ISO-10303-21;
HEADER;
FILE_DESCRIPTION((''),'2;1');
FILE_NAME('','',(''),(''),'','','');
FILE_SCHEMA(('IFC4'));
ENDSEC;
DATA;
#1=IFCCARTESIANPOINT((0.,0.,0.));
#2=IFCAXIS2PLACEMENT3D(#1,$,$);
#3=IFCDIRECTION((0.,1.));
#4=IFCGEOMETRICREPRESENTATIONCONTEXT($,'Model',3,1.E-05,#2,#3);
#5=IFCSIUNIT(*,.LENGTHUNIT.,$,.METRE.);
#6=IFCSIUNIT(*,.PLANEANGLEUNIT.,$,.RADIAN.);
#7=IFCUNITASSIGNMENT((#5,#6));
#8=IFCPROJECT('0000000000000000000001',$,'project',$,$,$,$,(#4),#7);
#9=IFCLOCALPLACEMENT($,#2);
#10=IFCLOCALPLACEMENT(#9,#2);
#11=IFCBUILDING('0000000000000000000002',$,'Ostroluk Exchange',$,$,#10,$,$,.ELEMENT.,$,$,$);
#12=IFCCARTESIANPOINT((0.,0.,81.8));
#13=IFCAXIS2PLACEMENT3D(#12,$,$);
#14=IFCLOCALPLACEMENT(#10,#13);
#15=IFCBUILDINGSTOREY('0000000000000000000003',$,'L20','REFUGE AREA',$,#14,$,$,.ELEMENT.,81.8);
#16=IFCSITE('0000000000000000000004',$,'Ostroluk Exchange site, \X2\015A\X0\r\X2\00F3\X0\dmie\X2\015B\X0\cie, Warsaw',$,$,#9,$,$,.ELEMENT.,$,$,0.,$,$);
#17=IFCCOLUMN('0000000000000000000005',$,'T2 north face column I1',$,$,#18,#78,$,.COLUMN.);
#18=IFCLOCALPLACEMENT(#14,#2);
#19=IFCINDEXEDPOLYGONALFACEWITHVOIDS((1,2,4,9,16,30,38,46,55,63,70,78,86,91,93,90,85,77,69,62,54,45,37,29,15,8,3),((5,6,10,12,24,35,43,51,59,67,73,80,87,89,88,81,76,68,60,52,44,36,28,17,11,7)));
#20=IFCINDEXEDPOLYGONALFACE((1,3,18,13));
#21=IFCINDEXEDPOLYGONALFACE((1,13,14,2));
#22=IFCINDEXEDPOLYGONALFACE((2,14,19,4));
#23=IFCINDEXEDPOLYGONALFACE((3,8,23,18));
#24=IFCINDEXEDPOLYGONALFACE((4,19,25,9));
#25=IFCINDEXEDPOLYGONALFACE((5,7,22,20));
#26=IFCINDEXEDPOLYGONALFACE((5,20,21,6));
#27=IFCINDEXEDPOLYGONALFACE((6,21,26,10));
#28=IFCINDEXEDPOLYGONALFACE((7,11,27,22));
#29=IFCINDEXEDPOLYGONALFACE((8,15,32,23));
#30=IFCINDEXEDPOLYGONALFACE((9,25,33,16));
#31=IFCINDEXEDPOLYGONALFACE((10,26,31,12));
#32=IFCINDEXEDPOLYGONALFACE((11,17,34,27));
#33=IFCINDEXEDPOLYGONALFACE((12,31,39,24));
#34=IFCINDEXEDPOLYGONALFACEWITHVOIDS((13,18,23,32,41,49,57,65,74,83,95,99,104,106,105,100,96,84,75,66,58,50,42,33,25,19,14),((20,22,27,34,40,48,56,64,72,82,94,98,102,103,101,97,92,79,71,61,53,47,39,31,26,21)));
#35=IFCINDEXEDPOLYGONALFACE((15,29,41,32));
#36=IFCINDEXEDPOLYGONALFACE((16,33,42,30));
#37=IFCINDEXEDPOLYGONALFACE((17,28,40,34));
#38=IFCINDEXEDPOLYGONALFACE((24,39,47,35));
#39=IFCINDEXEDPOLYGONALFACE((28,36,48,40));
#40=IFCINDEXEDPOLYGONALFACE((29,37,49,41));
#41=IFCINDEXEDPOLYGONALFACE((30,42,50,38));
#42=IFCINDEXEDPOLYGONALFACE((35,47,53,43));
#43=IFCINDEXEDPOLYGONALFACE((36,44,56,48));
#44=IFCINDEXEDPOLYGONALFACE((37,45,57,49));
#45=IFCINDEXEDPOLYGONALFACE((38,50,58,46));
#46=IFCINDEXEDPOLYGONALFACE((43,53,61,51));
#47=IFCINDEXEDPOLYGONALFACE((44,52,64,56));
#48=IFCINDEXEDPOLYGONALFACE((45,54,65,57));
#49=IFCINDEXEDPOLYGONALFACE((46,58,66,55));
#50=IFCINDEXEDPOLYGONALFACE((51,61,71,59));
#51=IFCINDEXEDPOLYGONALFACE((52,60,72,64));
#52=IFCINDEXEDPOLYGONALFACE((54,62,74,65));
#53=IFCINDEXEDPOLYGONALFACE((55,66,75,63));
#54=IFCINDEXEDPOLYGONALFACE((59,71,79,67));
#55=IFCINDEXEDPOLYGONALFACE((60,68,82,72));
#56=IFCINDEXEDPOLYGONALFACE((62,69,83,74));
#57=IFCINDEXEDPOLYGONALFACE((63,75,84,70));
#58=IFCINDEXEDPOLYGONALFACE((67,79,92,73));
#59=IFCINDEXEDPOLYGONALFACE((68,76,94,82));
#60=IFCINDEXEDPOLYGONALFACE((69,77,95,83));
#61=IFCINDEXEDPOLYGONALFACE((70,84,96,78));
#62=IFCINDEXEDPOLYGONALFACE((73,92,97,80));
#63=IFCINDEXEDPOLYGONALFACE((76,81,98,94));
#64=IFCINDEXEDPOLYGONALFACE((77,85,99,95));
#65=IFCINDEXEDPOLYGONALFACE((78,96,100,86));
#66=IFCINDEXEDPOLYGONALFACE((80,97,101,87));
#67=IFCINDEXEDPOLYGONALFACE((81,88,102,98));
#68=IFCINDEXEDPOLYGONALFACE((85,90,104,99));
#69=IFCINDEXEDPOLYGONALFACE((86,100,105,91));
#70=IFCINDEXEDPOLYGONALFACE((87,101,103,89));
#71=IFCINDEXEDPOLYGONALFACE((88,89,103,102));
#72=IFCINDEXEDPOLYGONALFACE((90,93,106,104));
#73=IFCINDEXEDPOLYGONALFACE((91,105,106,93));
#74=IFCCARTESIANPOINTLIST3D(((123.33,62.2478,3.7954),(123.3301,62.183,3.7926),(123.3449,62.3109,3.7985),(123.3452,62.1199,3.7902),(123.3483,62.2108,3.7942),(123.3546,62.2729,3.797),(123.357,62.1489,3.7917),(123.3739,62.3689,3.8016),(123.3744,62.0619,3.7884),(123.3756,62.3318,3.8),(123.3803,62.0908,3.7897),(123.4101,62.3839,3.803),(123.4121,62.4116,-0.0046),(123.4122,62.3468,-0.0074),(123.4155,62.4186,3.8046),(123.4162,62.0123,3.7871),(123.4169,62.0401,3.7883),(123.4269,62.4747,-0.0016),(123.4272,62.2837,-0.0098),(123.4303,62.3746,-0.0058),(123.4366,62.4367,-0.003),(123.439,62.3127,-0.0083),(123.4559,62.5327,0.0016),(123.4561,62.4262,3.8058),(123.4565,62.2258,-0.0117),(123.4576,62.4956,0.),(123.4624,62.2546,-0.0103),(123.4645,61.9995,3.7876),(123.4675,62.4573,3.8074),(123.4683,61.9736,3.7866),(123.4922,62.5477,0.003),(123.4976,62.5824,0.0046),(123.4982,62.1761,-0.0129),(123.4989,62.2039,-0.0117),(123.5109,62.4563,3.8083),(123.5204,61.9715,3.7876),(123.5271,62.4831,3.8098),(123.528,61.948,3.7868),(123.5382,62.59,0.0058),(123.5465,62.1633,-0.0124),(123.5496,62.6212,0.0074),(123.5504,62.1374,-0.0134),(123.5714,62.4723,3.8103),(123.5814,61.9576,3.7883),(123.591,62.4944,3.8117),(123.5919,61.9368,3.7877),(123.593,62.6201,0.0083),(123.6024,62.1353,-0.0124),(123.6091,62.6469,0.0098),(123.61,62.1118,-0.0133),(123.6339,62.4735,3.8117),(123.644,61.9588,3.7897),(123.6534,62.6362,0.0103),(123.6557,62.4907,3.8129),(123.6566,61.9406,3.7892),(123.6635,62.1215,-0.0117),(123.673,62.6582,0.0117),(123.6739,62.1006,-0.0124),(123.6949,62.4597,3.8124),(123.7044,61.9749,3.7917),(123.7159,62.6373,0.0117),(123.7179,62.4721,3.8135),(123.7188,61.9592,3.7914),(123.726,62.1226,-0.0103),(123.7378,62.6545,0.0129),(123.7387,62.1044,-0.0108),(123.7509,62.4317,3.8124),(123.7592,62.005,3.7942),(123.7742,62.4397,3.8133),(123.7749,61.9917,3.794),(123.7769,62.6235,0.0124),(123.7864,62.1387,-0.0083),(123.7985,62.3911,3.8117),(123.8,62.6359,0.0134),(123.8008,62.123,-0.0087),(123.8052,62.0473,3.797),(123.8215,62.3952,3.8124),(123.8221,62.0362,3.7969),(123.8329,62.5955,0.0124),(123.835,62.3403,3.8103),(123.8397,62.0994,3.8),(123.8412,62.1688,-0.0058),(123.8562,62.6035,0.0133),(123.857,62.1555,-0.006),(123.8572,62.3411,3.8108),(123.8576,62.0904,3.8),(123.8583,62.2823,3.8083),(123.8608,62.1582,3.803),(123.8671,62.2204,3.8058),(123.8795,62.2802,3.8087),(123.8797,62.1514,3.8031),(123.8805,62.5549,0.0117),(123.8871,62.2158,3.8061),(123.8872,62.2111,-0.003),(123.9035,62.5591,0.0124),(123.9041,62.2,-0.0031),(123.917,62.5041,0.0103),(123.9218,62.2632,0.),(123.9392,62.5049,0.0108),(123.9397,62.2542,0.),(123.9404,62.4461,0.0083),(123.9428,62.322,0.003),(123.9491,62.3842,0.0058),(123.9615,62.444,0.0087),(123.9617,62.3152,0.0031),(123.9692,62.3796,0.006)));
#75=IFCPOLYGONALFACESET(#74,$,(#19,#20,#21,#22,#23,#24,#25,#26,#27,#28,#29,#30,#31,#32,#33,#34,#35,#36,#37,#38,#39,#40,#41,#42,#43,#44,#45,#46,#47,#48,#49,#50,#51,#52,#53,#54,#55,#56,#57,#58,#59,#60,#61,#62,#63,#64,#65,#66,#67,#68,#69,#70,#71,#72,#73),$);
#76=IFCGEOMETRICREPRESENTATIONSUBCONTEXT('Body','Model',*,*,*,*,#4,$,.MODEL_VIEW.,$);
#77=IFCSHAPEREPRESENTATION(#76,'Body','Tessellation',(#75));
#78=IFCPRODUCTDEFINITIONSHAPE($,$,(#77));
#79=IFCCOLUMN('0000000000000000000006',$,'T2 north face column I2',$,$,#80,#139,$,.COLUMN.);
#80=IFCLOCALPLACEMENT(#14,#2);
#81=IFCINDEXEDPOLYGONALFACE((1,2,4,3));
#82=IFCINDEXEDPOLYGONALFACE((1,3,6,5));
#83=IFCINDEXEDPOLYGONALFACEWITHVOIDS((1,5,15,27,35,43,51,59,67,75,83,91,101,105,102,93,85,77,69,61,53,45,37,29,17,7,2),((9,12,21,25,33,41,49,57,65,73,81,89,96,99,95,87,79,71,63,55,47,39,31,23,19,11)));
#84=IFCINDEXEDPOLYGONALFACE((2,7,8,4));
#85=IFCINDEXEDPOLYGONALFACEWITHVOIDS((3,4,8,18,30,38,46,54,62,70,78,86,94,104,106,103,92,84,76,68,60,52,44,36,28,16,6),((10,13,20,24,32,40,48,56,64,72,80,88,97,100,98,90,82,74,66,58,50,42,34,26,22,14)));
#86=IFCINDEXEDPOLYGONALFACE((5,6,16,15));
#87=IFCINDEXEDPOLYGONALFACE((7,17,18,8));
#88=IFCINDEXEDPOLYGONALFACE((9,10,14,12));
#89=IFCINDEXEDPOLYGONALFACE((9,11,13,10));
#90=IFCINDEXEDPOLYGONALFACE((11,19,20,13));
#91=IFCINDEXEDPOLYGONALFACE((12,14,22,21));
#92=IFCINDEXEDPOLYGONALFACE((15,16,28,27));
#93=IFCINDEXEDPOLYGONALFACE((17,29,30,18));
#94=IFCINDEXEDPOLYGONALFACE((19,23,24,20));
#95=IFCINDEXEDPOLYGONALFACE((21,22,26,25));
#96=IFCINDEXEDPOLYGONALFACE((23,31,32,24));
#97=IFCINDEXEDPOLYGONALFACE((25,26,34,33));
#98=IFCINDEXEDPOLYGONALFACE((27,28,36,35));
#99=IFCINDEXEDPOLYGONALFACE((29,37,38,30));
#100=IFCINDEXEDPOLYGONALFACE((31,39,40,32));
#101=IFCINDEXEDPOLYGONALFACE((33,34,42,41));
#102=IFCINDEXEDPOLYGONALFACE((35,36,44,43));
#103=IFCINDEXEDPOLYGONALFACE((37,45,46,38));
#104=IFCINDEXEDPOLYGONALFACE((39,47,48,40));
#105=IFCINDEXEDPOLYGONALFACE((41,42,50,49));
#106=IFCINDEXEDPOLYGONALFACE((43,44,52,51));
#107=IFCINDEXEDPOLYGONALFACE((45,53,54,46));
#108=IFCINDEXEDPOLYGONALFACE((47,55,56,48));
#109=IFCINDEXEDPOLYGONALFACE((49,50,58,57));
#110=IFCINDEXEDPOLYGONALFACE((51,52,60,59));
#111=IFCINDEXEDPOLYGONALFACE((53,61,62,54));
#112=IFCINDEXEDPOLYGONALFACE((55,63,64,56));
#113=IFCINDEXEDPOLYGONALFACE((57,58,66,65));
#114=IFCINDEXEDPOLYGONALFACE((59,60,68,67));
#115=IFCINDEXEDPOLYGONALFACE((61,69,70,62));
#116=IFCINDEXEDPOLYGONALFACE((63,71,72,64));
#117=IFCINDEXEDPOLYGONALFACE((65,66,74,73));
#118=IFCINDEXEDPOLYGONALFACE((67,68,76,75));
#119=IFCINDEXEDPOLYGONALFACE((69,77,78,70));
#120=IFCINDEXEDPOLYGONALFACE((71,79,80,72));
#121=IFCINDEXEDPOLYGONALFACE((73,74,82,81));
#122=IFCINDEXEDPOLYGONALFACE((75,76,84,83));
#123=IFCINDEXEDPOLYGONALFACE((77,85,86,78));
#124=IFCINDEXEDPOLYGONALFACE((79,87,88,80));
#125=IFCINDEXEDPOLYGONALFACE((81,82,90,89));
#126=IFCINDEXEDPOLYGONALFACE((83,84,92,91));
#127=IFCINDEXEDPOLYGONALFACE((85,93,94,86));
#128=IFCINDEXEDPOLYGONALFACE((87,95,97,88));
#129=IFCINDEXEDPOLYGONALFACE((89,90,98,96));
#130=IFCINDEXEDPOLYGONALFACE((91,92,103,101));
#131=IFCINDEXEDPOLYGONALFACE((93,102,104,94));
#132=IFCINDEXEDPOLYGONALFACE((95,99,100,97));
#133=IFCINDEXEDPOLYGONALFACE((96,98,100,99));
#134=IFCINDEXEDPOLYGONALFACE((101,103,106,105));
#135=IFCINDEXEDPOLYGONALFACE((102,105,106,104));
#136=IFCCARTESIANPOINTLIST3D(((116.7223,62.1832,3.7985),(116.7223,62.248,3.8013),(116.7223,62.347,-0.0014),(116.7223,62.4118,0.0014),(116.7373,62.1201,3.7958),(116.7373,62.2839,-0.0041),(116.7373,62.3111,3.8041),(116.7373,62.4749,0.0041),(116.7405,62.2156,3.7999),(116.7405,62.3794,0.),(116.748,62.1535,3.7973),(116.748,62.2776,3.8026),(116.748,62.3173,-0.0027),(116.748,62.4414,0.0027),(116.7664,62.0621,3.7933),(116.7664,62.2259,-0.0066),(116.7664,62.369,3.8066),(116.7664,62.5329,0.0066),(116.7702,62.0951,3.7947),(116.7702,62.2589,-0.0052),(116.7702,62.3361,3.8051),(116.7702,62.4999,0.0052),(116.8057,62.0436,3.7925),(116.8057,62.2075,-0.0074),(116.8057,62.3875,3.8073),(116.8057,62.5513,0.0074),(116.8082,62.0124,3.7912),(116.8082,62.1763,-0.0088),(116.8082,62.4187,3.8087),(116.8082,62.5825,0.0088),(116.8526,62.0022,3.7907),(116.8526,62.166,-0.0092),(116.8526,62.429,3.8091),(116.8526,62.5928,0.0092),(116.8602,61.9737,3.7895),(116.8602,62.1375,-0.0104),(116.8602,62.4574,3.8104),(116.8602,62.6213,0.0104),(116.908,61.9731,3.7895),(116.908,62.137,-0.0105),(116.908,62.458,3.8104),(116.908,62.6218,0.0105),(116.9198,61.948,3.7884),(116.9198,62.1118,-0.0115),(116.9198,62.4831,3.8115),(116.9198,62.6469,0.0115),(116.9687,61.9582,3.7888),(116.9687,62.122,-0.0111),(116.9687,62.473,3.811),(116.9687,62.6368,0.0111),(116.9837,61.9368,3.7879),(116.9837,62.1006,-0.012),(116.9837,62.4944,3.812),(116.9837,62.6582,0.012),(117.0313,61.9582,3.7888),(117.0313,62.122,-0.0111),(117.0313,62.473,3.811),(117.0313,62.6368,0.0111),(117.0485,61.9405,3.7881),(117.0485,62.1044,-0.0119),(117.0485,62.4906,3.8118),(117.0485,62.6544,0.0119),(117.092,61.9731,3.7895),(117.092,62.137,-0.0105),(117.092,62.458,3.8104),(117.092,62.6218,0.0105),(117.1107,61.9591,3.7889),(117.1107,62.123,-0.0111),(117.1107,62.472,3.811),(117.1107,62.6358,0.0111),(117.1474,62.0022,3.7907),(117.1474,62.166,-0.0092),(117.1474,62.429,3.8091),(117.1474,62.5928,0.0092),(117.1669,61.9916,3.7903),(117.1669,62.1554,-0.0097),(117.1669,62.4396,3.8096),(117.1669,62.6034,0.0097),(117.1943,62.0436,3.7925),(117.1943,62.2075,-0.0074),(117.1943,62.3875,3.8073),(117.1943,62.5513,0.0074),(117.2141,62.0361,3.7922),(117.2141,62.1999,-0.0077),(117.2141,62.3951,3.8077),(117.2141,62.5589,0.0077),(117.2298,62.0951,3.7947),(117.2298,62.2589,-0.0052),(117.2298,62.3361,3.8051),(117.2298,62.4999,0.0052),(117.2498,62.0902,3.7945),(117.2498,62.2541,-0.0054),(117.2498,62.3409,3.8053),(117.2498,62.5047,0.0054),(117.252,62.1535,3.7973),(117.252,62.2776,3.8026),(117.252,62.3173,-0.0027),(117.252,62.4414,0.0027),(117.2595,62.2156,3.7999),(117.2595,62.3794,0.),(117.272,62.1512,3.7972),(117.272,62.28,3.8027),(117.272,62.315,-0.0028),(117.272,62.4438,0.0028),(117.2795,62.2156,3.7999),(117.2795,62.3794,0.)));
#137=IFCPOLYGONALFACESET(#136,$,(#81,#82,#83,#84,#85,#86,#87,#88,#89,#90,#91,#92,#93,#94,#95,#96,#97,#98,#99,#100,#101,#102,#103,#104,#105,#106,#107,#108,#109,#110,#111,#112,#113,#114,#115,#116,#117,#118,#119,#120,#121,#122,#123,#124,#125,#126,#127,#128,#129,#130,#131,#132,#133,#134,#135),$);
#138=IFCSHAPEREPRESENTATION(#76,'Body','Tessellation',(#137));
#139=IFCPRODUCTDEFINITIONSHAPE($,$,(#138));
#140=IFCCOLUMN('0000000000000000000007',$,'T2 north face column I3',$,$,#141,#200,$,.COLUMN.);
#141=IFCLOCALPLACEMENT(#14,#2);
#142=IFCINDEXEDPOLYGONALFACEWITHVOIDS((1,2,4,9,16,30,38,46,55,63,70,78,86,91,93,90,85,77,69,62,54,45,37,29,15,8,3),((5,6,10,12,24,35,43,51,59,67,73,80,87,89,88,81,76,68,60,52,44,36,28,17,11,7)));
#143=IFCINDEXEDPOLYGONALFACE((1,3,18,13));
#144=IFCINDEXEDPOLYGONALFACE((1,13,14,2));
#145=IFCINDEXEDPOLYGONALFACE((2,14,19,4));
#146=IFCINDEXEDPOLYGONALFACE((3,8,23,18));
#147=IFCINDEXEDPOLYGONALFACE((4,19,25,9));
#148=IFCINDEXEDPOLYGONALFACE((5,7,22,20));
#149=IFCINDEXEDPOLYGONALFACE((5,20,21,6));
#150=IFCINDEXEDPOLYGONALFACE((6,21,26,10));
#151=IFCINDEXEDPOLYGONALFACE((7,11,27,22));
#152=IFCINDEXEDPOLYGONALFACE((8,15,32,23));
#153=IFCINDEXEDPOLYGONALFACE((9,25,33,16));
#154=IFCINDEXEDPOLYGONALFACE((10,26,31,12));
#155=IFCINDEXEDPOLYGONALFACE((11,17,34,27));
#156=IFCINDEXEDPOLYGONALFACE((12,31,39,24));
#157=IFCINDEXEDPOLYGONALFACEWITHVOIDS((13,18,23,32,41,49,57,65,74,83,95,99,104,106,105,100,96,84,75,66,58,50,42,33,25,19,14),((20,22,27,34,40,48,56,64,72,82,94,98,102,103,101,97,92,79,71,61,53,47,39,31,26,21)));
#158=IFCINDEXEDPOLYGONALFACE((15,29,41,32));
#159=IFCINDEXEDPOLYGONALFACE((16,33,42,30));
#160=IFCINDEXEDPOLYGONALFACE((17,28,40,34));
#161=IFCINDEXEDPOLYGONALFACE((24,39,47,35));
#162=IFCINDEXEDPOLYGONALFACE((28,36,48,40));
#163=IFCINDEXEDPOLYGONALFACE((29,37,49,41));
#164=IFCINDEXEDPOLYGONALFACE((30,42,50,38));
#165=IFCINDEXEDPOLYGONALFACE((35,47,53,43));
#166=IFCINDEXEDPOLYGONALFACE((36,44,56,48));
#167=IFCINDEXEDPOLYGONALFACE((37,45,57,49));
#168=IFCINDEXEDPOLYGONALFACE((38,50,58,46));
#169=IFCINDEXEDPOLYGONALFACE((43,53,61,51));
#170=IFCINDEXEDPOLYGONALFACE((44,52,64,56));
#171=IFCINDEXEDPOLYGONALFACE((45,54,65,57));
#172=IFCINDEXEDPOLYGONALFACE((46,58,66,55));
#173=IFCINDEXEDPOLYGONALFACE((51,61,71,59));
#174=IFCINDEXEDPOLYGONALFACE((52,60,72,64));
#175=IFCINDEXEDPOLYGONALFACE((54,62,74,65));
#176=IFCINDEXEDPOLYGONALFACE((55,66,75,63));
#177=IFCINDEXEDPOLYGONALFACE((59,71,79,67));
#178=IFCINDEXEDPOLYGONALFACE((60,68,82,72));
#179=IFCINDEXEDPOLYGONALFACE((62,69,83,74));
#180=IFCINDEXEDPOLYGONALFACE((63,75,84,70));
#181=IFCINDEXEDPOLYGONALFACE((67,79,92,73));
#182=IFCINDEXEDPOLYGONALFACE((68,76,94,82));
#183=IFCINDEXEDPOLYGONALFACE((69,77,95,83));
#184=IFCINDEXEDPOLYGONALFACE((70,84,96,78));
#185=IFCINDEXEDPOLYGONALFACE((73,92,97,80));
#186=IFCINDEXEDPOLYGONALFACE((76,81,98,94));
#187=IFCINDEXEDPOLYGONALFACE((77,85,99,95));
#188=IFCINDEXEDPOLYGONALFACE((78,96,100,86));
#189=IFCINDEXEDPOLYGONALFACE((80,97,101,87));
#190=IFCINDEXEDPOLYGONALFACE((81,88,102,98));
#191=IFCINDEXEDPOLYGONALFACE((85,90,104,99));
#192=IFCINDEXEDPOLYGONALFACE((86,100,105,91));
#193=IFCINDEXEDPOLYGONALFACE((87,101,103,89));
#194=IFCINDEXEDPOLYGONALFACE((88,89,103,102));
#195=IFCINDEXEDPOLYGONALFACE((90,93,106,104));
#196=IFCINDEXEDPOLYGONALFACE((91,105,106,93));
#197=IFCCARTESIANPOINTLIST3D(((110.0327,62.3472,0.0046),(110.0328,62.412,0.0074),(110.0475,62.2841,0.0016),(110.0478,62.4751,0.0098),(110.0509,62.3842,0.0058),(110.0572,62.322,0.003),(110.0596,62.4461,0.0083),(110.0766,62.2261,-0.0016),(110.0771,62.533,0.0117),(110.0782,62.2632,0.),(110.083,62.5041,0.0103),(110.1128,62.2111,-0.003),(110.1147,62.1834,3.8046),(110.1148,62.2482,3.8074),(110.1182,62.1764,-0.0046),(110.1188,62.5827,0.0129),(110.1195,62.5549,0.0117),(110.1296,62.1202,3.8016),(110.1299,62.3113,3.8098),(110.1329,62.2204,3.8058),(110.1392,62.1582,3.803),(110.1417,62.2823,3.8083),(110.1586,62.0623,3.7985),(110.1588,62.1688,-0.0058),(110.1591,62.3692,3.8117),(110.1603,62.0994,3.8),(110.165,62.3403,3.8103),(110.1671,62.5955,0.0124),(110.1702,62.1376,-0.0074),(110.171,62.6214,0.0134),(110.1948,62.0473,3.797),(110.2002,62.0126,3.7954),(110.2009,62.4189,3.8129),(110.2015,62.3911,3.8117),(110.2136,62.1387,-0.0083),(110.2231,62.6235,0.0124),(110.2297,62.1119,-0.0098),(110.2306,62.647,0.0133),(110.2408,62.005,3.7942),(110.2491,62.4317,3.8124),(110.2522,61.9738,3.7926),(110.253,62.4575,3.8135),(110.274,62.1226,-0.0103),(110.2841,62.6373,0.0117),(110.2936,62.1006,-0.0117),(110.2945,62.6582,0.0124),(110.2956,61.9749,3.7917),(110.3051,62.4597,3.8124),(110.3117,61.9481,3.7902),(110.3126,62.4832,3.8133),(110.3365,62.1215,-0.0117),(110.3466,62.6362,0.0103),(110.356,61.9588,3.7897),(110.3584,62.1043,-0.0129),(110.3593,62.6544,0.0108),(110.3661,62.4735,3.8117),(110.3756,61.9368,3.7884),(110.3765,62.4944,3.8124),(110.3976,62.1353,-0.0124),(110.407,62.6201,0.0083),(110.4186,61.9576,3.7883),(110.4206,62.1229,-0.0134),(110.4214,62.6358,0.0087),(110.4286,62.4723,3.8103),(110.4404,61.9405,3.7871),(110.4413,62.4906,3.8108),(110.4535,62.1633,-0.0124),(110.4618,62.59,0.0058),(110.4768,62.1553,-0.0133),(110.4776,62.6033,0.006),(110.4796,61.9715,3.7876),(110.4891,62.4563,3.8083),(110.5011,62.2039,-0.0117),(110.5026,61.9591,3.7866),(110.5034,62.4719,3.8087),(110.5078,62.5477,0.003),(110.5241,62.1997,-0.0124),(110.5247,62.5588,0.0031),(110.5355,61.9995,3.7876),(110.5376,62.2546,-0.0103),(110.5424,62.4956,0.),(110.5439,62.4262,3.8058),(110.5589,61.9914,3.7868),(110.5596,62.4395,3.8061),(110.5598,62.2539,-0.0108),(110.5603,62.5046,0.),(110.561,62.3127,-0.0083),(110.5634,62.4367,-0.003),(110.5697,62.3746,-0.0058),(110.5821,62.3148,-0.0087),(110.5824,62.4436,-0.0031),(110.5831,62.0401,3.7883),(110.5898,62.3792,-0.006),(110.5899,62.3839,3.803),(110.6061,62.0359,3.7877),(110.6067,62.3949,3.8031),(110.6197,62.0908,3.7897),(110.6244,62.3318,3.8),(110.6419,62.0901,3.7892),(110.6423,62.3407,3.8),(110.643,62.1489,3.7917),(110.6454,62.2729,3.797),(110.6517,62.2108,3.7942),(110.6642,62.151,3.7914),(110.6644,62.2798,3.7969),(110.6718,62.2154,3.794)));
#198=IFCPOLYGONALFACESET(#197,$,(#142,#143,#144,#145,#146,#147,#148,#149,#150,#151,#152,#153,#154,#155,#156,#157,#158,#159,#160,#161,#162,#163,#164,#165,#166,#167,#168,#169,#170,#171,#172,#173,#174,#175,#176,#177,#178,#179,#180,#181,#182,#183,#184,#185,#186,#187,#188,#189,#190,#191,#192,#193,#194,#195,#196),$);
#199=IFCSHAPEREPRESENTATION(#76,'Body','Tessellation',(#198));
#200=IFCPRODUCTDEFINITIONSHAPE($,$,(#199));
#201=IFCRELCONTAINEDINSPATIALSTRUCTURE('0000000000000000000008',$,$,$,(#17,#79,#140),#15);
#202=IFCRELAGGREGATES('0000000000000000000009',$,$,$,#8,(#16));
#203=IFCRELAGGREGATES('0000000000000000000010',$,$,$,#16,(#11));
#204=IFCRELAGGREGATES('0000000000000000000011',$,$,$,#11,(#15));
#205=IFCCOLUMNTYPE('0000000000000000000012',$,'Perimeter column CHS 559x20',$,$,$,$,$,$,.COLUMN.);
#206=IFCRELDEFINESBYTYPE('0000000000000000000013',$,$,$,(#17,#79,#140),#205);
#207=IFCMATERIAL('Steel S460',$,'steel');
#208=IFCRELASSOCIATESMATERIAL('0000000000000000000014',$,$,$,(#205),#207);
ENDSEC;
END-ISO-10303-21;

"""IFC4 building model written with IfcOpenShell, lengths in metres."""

from ifc_helpers import new_model, si_unit, direction, frame, origin, origin_2d, place, context, subcontext, project, spatial, hollow_circle, extrude, material, material_profile, profile_set, type_object, element, save


model = new_model("IFC4")

# Units and contexts
model_context = context("Model", 3, precision=1e-05, world=origin(), true_north=direction((0.0, 1.0)))
body_context = subcontext(model_context, "Body", "Model", "MODEL_VIEW")
ifc_project = project(units=[si_unit("LENGTHUNIT", "METRE"), si_unit("PLANEANGLEUNIT", "RADIAN")], contexts=[model_context])

# Site, building, storey
site_placement = place(None, origin())
site = spatial("IfcSite", under=ifc_project, at=site_placement, Name="Ostroluk Exchange site, Śródmieście, Warsaw", CompositionType="ELEMENT", RefElevation=0.0)
building_placement = place(site_placement, origin())
building = spatial("IfcBuilding", under=site, at=building_placement, Name="Ostroluk Exchange", CompositionType="ELEMENT")
storey_placement = place(building_placement, frame((0.0, 0.0, 81.8)))
storey = spatial("IfcBuildingStorey", under=building, at=storey_placement, Name="L20", Description="REFUGE AREA", CompositionType="ELEMENT", Elevation=81.8)

# Columns
ifc_material_1 = material(Name="Steel S460", Category="steel")
ifc_material_profile_1 = material_profile(ifc_material_1, hollow_circle(Radius=0.2795, WallThickness=0.02, at=origin_2d()), Name="CHS 559x20")
ifc_profile_set_1 = profile_set([ifc_material_profile_1], Name="Steel S460")
column_type = type_object("IfcColumnType", Name="Perimeter column CHS 559x20", PredefinedType="COLUMN", material=ifc_profile_set_1)
column_1_placement = place(storey_placement, frame((123.6897, 62.3794, 0.0), z_axis=(-0.021562, -0.04306, 0.99884), x_axis=(0.894161, -0.447747, 0.0)))
element("IfcColumn", 1, at=column_1_placement, inside=storey, type_object=column_type, Name="T2 north face column I1", PredefinedType="COLUMN", context=body_context, shape_type="SweptSolid", body=[
    extrude(hollow_circle(Radius=0.2795, WallThickness=0.02, at=origin_2d()), origin(), (0.0, 0.0, 1.0), 3.8044),
])
column_2_placement = place(storey_placement, frame((117.0, 62.3794, 0.0), z_axis=(0.0, -0.04307, 0.999072), x_axis=(1.0, 0.0, 0.0)))
element("IfcColumn", 2, at=column_2_placement, inside=storey, type_object=column_type, Name="T2 north face column I2", PredefinedType="COLUMN", context=body_context, shape_type="SweptSolid", body=[
    extrude(hollow_circle(Radius=0.2795, WallThickness=0.02, at=origin_2d()), origin(), (0.0, 0.0, 1.0), 3.8035),
])
column_3_placement = place(storey_placement, frame((110.3103, 62.3794, 0.0), z_axis=(0.021562, -0.04306, 0.99884), x_axis=(0.894161, 0.447747, 0.0)))
element("IfcColumn", 3, at=column_3_placement, inside=storey, type_object=column_type, Name="T2 north face column I3", PredefinedType="COLUMN", context=body_context, shape_type="SweptSolid", body=[
    extrude(hollow_circle(Radius=0.2795, WallThickness=0.02, at=origin_2d()), origin(), (0.0, 0.0, 1.0), 3.8044),
])

save(model, "model.ifc")
